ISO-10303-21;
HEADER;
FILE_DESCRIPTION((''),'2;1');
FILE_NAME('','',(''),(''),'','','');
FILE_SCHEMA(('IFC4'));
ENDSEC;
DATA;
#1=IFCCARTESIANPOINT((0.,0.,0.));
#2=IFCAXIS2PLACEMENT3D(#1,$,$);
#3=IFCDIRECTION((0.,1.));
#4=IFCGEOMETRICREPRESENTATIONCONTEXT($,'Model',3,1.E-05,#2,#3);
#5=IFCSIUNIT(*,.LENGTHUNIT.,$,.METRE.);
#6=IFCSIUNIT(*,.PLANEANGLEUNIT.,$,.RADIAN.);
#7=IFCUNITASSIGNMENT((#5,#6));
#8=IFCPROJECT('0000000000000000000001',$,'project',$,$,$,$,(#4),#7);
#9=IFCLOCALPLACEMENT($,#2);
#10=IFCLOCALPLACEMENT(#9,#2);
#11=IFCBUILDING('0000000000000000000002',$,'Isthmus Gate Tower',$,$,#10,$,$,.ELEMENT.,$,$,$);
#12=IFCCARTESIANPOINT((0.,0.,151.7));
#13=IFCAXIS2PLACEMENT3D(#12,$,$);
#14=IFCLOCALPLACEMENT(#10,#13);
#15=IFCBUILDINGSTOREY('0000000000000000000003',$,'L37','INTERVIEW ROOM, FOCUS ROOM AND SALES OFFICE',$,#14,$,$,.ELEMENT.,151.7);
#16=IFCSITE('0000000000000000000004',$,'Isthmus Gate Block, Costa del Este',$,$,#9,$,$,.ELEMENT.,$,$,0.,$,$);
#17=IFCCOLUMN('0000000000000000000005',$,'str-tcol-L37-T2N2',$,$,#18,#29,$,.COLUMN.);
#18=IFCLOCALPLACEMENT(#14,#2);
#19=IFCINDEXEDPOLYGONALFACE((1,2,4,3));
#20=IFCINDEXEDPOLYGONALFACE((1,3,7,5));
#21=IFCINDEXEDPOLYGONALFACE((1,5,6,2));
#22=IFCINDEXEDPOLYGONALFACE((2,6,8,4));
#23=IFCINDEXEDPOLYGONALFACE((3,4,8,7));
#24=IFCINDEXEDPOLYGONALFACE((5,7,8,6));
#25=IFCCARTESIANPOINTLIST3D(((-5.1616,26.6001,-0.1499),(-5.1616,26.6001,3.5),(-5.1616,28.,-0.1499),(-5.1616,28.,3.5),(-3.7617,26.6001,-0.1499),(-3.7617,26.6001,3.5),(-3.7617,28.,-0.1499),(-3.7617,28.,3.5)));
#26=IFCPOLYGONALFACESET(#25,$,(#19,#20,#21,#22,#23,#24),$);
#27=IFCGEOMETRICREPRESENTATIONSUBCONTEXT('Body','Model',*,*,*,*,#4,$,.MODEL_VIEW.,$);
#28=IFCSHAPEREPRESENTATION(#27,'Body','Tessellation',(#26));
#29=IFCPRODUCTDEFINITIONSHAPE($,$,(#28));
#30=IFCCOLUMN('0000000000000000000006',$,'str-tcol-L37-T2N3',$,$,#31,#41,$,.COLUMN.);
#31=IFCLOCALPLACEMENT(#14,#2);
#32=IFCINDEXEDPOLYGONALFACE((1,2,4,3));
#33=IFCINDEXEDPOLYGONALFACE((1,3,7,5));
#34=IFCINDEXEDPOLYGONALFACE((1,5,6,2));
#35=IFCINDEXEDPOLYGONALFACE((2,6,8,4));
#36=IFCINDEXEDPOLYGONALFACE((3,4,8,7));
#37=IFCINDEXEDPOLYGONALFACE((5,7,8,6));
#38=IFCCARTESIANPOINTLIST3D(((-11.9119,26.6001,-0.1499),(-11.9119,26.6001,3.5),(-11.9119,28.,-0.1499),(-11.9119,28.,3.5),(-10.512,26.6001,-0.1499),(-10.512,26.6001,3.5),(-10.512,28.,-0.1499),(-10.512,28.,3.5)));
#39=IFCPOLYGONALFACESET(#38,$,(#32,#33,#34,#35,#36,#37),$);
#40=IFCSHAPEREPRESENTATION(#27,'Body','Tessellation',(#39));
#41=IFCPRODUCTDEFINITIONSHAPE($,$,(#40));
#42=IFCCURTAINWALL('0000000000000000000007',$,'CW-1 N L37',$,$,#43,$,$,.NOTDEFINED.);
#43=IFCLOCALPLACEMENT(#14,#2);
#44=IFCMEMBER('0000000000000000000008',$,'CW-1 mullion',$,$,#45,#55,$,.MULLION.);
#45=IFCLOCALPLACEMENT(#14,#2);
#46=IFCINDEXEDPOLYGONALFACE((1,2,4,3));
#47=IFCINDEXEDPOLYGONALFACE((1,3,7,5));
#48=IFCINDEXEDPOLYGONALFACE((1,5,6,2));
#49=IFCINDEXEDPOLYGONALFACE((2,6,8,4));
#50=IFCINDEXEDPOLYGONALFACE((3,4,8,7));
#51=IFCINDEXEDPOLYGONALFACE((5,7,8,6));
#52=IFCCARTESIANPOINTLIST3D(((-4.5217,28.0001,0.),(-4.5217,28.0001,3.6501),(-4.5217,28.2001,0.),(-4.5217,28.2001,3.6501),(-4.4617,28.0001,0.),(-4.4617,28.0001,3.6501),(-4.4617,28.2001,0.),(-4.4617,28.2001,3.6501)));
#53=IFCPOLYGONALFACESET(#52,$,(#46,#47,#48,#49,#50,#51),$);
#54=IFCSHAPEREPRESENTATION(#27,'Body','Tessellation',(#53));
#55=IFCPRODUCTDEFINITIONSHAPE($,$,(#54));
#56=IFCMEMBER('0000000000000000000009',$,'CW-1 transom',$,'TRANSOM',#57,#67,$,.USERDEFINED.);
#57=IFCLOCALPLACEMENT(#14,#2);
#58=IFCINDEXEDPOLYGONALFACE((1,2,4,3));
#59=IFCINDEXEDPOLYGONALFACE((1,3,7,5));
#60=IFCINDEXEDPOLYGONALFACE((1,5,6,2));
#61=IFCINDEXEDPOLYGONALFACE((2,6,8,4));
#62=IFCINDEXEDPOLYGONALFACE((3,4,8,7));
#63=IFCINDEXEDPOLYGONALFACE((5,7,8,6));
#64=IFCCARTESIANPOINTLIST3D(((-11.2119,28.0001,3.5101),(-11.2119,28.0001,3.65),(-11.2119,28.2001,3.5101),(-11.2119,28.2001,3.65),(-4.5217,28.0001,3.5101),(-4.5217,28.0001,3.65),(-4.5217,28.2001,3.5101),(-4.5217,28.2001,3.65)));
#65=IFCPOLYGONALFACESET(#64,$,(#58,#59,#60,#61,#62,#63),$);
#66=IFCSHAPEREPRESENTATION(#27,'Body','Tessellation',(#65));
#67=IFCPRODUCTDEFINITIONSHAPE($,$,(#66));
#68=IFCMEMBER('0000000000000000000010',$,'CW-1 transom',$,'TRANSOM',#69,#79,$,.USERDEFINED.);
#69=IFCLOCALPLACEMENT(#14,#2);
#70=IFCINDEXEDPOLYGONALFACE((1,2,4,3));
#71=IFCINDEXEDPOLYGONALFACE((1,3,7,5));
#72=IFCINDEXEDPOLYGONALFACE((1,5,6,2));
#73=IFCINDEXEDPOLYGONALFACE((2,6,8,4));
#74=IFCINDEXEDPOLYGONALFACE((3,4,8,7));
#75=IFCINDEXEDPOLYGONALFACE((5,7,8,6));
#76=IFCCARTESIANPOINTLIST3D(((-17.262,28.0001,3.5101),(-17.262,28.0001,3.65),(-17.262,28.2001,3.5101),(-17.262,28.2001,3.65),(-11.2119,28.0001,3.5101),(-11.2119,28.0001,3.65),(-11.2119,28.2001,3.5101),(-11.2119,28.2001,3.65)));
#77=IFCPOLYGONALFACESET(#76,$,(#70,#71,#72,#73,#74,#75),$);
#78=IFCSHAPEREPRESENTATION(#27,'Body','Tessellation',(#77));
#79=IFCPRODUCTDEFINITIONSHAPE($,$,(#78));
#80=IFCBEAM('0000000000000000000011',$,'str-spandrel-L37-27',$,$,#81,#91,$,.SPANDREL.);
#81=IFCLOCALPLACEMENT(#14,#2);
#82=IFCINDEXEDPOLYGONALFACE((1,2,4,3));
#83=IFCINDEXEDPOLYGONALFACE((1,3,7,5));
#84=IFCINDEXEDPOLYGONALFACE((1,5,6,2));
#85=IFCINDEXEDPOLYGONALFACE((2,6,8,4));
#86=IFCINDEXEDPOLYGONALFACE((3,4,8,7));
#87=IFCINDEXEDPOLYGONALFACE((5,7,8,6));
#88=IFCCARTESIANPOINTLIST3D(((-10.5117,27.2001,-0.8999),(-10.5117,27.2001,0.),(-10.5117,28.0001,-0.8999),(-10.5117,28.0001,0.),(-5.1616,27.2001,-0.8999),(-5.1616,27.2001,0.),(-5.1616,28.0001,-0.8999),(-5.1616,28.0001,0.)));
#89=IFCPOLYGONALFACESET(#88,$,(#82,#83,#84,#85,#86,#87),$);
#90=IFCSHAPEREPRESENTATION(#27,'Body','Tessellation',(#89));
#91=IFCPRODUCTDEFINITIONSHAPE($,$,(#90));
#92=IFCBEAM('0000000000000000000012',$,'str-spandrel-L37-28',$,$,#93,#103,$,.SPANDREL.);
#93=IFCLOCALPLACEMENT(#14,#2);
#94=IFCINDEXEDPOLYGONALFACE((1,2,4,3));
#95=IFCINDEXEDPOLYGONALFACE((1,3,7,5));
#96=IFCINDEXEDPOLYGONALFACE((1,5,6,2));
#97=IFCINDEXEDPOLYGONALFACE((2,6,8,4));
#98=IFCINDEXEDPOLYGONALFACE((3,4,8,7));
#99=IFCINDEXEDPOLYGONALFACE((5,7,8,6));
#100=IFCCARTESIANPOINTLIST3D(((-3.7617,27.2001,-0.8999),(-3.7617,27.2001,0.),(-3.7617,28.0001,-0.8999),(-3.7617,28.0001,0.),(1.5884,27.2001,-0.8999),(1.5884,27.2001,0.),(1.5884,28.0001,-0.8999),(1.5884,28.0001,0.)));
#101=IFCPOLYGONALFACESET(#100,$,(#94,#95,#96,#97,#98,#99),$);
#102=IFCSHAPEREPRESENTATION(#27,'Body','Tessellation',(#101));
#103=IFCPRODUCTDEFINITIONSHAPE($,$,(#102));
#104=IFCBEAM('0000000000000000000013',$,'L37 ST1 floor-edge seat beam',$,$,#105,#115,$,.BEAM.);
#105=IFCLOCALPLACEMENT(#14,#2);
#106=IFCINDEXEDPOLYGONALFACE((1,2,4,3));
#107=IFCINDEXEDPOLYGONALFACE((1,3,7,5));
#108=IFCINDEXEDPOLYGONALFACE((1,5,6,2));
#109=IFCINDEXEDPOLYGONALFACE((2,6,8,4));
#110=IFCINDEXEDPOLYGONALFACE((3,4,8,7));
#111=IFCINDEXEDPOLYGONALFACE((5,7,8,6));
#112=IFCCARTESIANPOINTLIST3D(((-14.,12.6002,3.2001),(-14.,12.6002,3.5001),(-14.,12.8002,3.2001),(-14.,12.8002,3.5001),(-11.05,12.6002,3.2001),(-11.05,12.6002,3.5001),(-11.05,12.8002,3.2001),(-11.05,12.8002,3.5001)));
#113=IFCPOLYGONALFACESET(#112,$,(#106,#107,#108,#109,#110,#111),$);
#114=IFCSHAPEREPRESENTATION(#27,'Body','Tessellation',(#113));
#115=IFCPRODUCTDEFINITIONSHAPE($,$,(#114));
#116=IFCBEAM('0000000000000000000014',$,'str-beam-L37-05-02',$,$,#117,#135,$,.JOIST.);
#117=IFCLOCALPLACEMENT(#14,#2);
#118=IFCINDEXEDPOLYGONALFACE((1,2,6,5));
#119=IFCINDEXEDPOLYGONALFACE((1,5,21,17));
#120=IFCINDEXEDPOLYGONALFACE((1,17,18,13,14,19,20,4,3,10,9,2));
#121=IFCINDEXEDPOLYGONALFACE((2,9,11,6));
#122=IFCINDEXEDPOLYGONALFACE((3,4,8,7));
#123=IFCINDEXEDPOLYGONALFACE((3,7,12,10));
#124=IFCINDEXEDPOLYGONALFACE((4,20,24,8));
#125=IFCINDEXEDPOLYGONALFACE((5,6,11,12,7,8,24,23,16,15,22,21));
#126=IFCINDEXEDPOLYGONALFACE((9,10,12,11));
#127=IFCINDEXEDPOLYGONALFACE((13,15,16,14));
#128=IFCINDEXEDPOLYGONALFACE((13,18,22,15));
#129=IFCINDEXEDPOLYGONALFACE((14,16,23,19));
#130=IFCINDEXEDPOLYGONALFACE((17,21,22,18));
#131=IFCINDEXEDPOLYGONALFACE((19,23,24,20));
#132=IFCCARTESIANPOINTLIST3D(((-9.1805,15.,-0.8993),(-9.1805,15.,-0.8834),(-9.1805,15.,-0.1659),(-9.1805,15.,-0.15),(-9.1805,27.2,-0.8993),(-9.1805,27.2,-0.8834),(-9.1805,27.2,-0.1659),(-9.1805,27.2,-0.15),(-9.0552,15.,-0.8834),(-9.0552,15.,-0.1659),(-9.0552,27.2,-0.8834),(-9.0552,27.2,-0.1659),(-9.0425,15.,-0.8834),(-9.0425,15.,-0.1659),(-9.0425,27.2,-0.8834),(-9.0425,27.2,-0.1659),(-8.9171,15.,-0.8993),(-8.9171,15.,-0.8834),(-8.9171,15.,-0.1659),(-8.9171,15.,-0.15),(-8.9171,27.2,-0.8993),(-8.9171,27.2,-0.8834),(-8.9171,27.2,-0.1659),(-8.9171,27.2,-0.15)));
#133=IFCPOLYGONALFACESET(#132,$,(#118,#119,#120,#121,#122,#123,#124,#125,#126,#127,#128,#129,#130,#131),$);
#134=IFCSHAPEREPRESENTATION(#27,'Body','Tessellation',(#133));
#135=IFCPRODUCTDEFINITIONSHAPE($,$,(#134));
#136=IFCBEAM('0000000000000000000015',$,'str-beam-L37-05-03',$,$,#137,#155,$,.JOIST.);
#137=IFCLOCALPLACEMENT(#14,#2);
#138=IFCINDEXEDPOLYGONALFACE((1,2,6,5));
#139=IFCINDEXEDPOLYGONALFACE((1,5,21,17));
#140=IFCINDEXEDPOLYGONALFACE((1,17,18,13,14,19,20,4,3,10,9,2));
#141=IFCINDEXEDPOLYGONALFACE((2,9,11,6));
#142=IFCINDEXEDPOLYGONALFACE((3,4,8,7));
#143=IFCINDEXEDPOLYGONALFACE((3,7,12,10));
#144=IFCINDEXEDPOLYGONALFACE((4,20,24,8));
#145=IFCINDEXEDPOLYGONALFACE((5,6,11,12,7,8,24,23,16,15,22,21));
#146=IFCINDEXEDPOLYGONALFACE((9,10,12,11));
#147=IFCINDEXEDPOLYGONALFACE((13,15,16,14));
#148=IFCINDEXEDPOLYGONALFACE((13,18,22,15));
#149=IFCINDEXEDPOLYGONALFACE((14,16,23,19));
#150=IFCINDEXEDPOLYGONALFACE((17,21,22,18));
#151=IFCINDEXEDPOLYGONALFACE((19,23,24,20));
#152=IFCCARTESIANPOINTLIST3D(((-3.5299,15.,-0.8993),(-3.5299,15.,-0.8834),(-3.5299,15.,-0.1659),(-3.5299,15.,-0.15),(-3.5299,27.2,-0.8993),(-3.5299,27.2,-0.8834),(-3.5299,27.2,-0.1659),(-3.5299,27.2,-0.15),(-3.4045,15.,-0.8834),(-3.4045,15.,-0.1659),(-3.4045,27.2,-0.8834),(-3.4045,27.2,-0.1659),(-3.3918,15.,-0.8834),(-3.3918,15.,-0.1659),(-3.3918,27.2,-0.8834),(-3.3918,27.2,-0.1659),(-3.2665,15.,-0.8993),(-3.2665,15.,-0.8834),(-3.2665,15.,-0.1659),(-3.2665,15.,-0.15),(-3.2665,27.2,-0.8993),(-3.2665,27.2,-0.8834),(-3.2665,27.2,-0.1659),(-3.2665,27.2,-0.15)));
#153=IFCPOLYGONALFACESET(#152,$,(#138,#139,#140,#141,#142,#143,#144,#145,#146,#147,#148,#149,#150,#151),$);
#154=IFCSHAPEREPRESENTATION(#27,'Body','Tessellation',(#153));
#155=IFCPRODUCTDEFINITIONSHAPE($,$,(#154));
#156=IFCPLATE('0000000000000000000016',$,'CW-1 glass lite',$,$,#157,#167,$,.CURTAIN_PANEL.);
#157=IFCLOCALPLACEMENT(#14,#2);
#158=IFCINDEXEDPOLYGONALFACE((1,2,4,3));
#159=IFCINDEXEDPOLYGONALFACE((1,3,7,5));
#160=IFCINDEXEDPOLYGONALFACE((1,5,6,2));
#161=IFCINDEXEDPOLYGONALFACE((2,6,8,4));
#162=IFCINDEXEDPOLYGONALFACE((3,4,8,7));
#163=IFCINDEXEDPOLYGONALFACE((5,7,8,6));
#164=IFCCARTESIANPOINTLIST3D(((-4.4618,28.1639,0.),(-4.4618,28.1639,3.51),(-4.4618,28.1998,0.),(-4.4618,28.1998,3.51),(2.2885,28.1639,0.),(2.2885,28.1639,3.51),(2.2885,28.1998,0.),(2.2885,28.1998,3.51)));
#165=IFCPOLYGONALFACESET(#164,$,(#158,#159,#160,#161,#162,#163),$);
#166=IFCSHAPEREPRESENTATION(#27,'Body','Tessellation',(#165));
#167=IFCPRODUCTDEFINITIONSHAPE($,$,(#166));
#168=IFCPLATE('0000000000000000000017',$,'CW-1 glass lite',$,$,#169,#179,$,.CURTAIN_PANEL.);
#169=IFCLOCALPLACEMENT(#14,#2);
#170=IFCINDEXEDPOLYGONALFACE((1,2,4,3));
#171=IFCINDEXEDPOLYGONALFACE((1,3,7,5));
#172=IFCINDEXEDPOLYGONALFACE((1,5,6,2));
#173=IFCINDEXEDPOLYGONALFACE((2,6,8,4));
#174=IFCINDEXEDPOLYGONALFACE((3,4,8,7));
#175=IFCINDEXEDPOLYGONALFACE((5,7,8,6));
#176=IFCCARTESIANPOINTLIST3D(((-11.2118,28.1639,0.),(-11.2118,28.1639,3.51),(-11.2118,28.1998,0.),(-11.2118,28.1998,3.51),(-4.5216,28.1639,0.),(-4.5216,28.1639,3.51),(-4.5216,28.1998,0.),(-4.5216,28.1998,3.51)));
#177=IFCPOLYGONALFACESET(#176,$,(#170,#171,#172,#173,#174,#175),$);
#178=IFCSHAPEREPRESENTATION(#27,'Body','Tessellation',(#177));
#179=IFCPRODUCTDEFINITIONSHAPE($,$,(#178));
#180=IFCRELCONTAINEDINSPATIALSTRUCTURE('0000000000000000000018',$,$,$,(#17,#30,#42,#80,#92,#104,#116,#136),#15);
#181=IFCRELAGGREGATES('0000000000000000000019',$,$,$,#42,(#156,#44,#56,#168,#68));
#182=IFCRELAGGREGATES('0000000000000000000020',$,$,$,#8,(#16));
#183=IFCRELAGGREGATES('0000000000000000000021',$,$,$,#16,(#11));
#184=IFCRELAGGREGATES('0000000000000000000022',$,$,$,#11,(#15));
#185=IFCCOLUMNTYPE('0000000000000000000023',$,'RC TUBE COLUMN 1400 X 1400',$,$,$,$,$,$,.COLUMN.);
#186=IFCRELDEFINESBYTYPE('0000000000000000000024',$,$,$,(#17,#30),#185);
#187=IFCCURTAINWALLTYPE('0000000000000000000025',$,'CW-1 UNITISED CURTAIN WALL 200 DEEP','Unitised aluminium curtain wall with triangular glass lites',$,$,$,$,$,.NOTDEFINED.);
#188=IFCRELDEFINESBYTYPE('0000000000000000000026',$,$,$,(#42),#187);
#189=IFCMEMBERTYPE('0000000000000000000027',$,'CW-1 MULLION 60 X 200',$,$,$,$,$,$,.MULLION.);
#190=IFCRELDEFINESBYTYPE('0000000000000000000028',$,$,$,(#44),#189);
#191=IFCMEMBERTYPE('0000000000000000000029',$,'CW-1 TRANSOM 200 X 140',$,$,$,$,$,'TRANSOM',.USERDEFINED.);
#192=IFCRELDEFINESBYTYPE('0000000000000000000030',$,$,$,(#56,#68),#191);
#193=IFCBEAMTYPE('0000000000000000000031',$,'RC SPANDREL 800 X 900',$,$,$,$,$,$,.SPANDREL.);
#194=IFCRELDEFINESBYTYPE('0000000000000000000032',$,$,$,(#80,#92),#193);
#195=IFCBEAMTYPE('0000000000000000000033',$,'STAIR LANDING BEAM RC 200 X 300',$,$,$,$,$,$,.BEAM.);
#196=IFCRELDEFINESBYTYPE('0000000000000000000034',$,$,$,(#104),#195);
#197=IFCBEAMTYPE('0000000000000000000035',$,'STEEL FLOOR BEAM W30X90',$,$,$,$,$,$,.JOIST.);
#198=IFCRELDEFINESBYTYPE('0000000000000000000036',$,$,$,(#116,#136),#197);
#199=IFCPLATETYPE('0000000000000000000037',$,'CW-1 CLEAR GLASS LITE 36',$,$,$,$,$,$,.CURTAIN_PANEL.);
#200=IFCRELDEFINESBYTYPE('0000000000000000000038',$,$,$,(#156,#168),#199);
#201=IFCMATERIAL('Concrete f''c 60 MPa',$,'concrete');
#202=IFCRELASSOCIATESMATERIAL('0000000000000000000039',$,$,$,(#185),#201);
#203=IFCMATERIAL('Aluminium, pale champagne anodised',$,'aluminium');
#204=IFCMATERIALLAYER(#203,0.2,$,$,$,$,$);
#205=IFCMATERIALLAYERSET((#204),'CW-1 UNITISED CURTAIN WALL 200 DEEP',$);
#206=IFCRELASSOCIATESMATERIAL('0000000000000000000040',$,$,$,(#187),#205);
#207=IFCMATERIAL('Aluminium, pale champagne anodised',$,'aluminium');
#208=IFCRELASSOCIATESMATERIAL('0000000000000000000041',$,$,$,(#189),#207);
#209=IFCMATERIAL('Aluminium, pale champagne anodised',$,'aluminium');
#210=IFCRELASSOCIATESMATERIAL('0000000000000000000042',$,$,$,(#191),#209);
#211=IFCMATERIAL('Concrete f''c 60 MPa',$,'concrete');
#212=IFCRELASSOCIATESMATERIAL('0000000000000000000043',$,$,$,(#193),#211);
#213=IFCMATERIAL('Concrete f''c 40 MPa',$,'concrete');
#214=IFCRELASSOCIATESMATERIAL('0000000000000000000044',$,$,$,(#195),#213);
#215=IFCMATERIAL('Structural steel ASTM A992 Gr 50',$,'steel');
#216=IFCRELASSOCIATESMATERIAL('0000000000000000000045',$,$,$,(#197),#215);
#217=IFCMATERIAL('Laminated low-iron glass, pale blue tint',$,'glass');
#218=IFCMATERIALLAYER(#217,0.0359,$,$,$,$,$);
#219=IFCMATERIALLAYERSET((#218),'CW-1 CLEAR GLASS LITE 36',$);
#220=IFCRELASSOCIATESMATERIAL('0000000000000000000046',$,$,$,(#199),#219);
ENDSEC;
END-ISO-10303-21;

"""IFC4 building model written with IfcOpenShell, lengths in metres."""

from ifc_helpers import new_model, si_unit, direction, frame, origin, origin_2d, place, context, subcontext, project, spatial, rectangle, i_section, extrude, material, layer, layer_set, material_profile, profile_set, type_object, element, aggregate, save


model = new_model("IFC4")

# Units and contexts
model_context = context("Model", 3, precision=1e-05, world=origin(), true_north=direction((0.0, 1.0)))
body_context = subcontext(model_context, "Body", "Model", "MODEL_VIEW")
ifc_project = project(units=[si_unit("LENGTHUNIT", "METRE"), si_unit("PLANEANGLEUNIT", "RADIAN")], contexts=[model_context])

# Site, building, storey
site_placement = place(None, origin())
site = spatial("IfcSite", under=ifc_project, at=site_placement, Name="Isthmus Gate Block, Costa del Este", CompositionType="ELEMENT", RefElevation=0.0)
building_placement = place(site_placement, origin())
building = spatial("IfcBuilding", under=site, at=building_placement, Name="Isthmus Gate Tower", CompositionType="ELEMENT")
storey_placement = place(building_placement, frame((0.0, 0.0, 151.7)))
storey = spatial("IfcBuildingStorey", under=building, at=storey_placement, Name="L37", Description="INTERVIEW ROOM, FOCUS ROOM AND SALES OFFICE", CompositionType="ELEMENT", Elevation=151.7)

# Columns
ifc_material_1 = material(Name="Concrete f'c 60 MPa", Category="concrete")
ifc_material_profile_1 = material_profile(ifc_material_1, rectangle(XDim=1.3999, YDim=1.3999, at=origin_2d()), Name="RC 1400X1400")
ifc_profile_set_1 = profile_set([ifc_material_profile_1], Name="Concrete f'c 60 MPa")
column_type = type_object("IfcColumnType", Name="RC TUBE COLUMN 1400 X 1400", PredefinedType="COLUMN", material=ifc_profile_set_1)
for number, where, z_axis, x_axis, name in (
    (1, (-4.4617, 27.3, -0.1499), (0.0, 0.0, 1.0), (-1.0, 0.0, 0.0), "str-tcol-L37-T2N2"),
    (2, (-11.2119, 27.3, -0.1499), (0.0, 0.0, 1.0), (-1.0, 0.0, 0.0), "str-tcol-L37-T2N3"),
):
    element("IfcColumn", number, at=place(storey_placement, frame(where, z_axis=z_axis, x_axis=x_axis)), inside=storey, type_object=column_type, Name=name, PredefinedType="COLUMN", context=body_context, shape_type="SweptSolid", body=[
        extrude(rectangle(XDim=1.3999, YDim=1.3999, at=origin_2d()), origin(), (0.0, 0.0, 1.0), 3.6499),
    ])

# Curtain wall, members
ifc_material_2 = material(Name="Aluminium, pale champagne anodised", Category="aluminium")
ifc_layer_1 = layer(ifc_material_2, 0.2)
ifc_layer_set_1 = layer_set([ifc_layer_1], Name="CW-1 UNITISED CURTAIN WALL 200 DEEP")
curtain_wall_type = type_object("IfcCurtainWallType", Name="CW-1 UNITISED CURTAIN WALL 200 DEEP", Description="Unitised aluminium curtain wall with triangular glass lites", PredefinedType="NOTDEFINED", material=ifc_layer_set_1)
curtain_wall_placement = place(storey_placement, origin())
curtain_wall = element("IfcCurtainWall", 3, at=curtain_wall_placement, inside=storey, type_object=curtain_wall_type, Name="CW-1 N L37", PredefinedType="NOTDEFINED")
ifc_material_3 = material(Name="Aluminium, pale champagne anodised", Category="aluminium")
ifc_material_profile_2 = material_profile(ifc_material_3, rectangle(XDim=0.0601, YDim=0.2, at=origin_2d()), Name="60x200")
ifc_profile_set_2 = profile_set([ifc_material_profile_2], Name="Aluminium, pale champagne anodised")
member_type_1 = type_object("IfcMemberType", Name="CW-1 MULLION 60 X 200", PredefinedType="MULLION", material=ifc_profile_set_2)
member_1_placement = place(storey_placement, frame((-4.4917, 28.1001, 0.0), z_axis=(0.0, 0.0, 1.0), x_axis=(-1.0, 0.0, 0.0)))
member_1 = element("IfcMember", 4, at=member_1_placement, type_object=member_type_1, Name="CW-1 mullion", PredefinedType="MULLION", context=body_context, shape_type="SweptSolid", body=[
    extrude(rectangle(XDim=0.0601, YDim=0.2, at=origin_2d()), origin(), (0.0, 0.0, 1.0), 3.6501),
])
ifc_material_4 = material(Name="Aluminium, pale champagne anodised", Category="aluminium")
ifc_material_profile_3 = material_profile(ifc_material_4, rectangle(XDim=0.2, YDim=0.1399, at=origin_2d()), Name="200x140")
ifc_profile_set_3 = profile_set([ifc_material_profile_3], Name="Aluminium, pale champagne anodised")
member_type_2 = type_object("IfcMemberType", Name="CW-1 TRANSOM 200 X 140", ElementType="TRANSOM", PredefinedType="USERDEFINED", material=ifc_profile_set_3)
member_2_placement = place(storey_placement, frame((-4.5217, 28.1001, 3.5801), z_axis=(-1.0, 0.0, 0.0), x_axis=(0.0, -1.0, 0.0)))
member_2 = element("IfcMember", 5, at=member_2_placement, type_object=member_type_2, Name="CW-1 transom", ObjectType="TRANSOM", PredefinedType="USERDEFINED", context=body_context, shape_type="SweptSolid", body=[
    extrude(rectangle(XDim=0.2, YDim=0.1399, at=origin_2d()), origin(), (0.0, 0.0, 1.0), 6.6902),
])
member_3_placement = place(storey_placement, frame((-11.2119, 28.1001, 3.5801), z_axis=(-1.0, 0.0, 0.0), x_axis=(0.0, -1.0, 0.0)))
member_3 = element("IfcMember", 6, at=member_3_placement, type_object=member_type_2, Name="CW-1 transom", ObjectType="TRANSOM", PredefinedType="USERDEFINED", context=body_context, shape_type="SweptSolid", body=[
    extrude(rectangle(XDim=0.2, YDim=0.1399, at=origin_2d()), origin(), (0.0, 0.0, 1.0), 6.05),
])

# Beams
ifc_material_5 = material(Name="Concrete f'c 60 MPa", Category="concrete")
ifc_material_profile_4 = material_profile(ifc_material_5, rectangle(XDim=0.8, YDim=0.8999, at=origin_2d()), Name="RC 800X900")
ifc_profile_set_4 = profile_set([ifc_material_profile_4], Name="Concrete f'c 60 MPa")
beam_type_1 = type_object("IfcBeamType", Name="RC SPANDREL 800 X 900", PredefinedType="SPANDREL", material=ifc_profile_set_4)
for number, where, z_axis, x_axis, name in (
    (7, (-10.5117, 27.6001, -0.45), (1.0, 0.0, 0.0), (0.0, 1.0, 0.0), "str-spandrel-L37-27"),
    (8, (-3.7617, 27.6001, -0.45), (1.0, 0.0, 0.0), (0.0, 1.0, 0.0), "str-spandrel-L37-28"),
):
    element("IfcBeam", number, at=place(storey_placement, frame(where, z_axis=z_axis, x_axis=x_axis)), inside=storey, type_object=beam_type_1, Name=name, PredefinedType="SPANDREL", context=body_context, shape_type="SweptSolid", body=[
        extrude(rectangle(XDim=0.8, YDim=0.8999, at=origin_2d()), origin(), (0.0, 0.0, 1.0), 5.3501),
    ])
ifc_material_6 = material(Name="Concrete f'c 40 MPa", Category="concrete")
ifc_material_profile_5 = material_profile(ifc_material_6, rectangle(XDim=0.2, YDim=0.3, at=origin_2d()), Name="STAIR LANDING BEAM RC 200 X 300")
ifc_profile_set_5 = profile_set([ifc_material_profile_5], Name="Concrete f'c 40 MPa")
beam_type_2 = type_object("IfcBeamType", Name="STAIR LANDING BEAM RC 200 X 300", PredefinedType="BEAM", material=ifc_profile_set_5)
beam_placement = place(storey_placement, frame((-14.0, 12.7002, 3.3501), z_axis=(1.0, 0.0, 0.0), x_axis=(0.0, 1.0, 0.0)))
element("IfcBeam", 9, at=beam_placement, inside=storey, type_object=beam_type_2, Name="L37 ST1 floor-edge seat beam", PredefinedType="BEAM", context=body_context, shape_type="SweptSolid", body=[
    extrude(rectangle(XDim=0.2, YDim=0.3, at=origin_2d()), origin(), (0.0, 0.0, 1.0), 2.95),
])
ifc_material_7 = material(Name="Structural steel ASTM A992 Gr 50", Category="steel")
ifc_material_profile_6 = material_profile(ifc_material_7, i_section(OverallWidth=0.2634, OverallDepth=0.7493, WebThickness=0.0127, FlangeThickness=0.0159, at=origin_2d()), Name="W30X90")
ifc_profile_set_6 = profile_set([ifc_material_profile_6], Name="Structural steel ASTM A992 Gr 50")
beam_type_3 = type_object("IfcBeamType", Name="STEEL FLOOR BEAM W30X90", PredefinedType="JOIST", material=ifc_profile_set_6)
for number, where, z_axis, x_axis, name in (
    (10, (-9.0488, 15.0, -0.5247), (0.0, 1.0, 0.0), (-1.0, 0.0, 0.0), "str-beam-L37-05-02"),
    (11, (-3.3982, 15.0, -0.5247), (0.0, 1.0, 0.0), (-1.0, 0.0, 0.0), "str-beam-L37-05-03"),
):
    element("IfcBeam", number, at=place(storey_placement, frame(where, z_axis=z_axis, x_axis=x_axis)), inside=storey, type_object=beam_type_3, Name=name, PredefinedType="JOIST", context=body_context, shape_type="SweptSolid", body=[
        extrude(i_section(OverallWidth=0.2634, OverallDepth=0.7493, WebThickness=0.0127, FlangeThickness=0.0159, at=origin_2d()), origin(), (0.0, 0.0, 1.0), 12.2),
    ])

# Plates
ifc_material_8 = material(Name="Laminated low-iron glass, pale blue tint", Category="glass")
ifc_layer_2 = layer(ifc_material_8, 0.0359)
ifc_layer_set_2 = layer_set([ifc_layer_2], Name="CW-1 CLEAR GLASS LITE 36")
plate_type = type_object("IfcPlateType", Name="CW-1 CLEAR GLASS LITE 36", PredefinedType="CURTAIN_PANEL", material=ifc_layer_set_2)
plate_1_placement = place(storey_placement, frame((-1.0867, 28.1819, 0.0), z_axis=(0.0, 0.0, 1.0), x_axis=(-1.0, 0.0, 0.0)))
plate_1 = element("IfcPlate", 12, at=plate_1_placement, type_object=plate_type, Name="CW-1 glass lite", PredefinedType="CURTAIN_PANEL", context=body_context, shape_type="SweptSolid", body=[
    extrude(rectangle(XDim=6.7502, YDim=0.0359, at=origin_2d()), origin(), (0.0, 0.0, 1.0), 3.51),
])
plate_2_placement = place(storey_placement, frame((-7.8667, 28.1819, 0.0), z_axis=(0.0, 0.0, 1.0), x_axis=(-1.0, 0.0, 0.0)))
plate_2 = element("IfcPlate", 13, at=plate_2_placement, type_object=plate_type, Name="CW-1 glass lite", PredefinedType="CURTAIN_PANEL", context=body_context, shape_type="SweptSolid", body=[
    extrude(rectangle(XDim=6.6902, YDim=0.0359, at=origin_2d()), origin(), (0.0, 0.0, 1.0), 3.51),
])
aggregate(curtain_wall, [plate_1, member_1, member_2, plate_2, member_3])

save(model, "model.ifc")
